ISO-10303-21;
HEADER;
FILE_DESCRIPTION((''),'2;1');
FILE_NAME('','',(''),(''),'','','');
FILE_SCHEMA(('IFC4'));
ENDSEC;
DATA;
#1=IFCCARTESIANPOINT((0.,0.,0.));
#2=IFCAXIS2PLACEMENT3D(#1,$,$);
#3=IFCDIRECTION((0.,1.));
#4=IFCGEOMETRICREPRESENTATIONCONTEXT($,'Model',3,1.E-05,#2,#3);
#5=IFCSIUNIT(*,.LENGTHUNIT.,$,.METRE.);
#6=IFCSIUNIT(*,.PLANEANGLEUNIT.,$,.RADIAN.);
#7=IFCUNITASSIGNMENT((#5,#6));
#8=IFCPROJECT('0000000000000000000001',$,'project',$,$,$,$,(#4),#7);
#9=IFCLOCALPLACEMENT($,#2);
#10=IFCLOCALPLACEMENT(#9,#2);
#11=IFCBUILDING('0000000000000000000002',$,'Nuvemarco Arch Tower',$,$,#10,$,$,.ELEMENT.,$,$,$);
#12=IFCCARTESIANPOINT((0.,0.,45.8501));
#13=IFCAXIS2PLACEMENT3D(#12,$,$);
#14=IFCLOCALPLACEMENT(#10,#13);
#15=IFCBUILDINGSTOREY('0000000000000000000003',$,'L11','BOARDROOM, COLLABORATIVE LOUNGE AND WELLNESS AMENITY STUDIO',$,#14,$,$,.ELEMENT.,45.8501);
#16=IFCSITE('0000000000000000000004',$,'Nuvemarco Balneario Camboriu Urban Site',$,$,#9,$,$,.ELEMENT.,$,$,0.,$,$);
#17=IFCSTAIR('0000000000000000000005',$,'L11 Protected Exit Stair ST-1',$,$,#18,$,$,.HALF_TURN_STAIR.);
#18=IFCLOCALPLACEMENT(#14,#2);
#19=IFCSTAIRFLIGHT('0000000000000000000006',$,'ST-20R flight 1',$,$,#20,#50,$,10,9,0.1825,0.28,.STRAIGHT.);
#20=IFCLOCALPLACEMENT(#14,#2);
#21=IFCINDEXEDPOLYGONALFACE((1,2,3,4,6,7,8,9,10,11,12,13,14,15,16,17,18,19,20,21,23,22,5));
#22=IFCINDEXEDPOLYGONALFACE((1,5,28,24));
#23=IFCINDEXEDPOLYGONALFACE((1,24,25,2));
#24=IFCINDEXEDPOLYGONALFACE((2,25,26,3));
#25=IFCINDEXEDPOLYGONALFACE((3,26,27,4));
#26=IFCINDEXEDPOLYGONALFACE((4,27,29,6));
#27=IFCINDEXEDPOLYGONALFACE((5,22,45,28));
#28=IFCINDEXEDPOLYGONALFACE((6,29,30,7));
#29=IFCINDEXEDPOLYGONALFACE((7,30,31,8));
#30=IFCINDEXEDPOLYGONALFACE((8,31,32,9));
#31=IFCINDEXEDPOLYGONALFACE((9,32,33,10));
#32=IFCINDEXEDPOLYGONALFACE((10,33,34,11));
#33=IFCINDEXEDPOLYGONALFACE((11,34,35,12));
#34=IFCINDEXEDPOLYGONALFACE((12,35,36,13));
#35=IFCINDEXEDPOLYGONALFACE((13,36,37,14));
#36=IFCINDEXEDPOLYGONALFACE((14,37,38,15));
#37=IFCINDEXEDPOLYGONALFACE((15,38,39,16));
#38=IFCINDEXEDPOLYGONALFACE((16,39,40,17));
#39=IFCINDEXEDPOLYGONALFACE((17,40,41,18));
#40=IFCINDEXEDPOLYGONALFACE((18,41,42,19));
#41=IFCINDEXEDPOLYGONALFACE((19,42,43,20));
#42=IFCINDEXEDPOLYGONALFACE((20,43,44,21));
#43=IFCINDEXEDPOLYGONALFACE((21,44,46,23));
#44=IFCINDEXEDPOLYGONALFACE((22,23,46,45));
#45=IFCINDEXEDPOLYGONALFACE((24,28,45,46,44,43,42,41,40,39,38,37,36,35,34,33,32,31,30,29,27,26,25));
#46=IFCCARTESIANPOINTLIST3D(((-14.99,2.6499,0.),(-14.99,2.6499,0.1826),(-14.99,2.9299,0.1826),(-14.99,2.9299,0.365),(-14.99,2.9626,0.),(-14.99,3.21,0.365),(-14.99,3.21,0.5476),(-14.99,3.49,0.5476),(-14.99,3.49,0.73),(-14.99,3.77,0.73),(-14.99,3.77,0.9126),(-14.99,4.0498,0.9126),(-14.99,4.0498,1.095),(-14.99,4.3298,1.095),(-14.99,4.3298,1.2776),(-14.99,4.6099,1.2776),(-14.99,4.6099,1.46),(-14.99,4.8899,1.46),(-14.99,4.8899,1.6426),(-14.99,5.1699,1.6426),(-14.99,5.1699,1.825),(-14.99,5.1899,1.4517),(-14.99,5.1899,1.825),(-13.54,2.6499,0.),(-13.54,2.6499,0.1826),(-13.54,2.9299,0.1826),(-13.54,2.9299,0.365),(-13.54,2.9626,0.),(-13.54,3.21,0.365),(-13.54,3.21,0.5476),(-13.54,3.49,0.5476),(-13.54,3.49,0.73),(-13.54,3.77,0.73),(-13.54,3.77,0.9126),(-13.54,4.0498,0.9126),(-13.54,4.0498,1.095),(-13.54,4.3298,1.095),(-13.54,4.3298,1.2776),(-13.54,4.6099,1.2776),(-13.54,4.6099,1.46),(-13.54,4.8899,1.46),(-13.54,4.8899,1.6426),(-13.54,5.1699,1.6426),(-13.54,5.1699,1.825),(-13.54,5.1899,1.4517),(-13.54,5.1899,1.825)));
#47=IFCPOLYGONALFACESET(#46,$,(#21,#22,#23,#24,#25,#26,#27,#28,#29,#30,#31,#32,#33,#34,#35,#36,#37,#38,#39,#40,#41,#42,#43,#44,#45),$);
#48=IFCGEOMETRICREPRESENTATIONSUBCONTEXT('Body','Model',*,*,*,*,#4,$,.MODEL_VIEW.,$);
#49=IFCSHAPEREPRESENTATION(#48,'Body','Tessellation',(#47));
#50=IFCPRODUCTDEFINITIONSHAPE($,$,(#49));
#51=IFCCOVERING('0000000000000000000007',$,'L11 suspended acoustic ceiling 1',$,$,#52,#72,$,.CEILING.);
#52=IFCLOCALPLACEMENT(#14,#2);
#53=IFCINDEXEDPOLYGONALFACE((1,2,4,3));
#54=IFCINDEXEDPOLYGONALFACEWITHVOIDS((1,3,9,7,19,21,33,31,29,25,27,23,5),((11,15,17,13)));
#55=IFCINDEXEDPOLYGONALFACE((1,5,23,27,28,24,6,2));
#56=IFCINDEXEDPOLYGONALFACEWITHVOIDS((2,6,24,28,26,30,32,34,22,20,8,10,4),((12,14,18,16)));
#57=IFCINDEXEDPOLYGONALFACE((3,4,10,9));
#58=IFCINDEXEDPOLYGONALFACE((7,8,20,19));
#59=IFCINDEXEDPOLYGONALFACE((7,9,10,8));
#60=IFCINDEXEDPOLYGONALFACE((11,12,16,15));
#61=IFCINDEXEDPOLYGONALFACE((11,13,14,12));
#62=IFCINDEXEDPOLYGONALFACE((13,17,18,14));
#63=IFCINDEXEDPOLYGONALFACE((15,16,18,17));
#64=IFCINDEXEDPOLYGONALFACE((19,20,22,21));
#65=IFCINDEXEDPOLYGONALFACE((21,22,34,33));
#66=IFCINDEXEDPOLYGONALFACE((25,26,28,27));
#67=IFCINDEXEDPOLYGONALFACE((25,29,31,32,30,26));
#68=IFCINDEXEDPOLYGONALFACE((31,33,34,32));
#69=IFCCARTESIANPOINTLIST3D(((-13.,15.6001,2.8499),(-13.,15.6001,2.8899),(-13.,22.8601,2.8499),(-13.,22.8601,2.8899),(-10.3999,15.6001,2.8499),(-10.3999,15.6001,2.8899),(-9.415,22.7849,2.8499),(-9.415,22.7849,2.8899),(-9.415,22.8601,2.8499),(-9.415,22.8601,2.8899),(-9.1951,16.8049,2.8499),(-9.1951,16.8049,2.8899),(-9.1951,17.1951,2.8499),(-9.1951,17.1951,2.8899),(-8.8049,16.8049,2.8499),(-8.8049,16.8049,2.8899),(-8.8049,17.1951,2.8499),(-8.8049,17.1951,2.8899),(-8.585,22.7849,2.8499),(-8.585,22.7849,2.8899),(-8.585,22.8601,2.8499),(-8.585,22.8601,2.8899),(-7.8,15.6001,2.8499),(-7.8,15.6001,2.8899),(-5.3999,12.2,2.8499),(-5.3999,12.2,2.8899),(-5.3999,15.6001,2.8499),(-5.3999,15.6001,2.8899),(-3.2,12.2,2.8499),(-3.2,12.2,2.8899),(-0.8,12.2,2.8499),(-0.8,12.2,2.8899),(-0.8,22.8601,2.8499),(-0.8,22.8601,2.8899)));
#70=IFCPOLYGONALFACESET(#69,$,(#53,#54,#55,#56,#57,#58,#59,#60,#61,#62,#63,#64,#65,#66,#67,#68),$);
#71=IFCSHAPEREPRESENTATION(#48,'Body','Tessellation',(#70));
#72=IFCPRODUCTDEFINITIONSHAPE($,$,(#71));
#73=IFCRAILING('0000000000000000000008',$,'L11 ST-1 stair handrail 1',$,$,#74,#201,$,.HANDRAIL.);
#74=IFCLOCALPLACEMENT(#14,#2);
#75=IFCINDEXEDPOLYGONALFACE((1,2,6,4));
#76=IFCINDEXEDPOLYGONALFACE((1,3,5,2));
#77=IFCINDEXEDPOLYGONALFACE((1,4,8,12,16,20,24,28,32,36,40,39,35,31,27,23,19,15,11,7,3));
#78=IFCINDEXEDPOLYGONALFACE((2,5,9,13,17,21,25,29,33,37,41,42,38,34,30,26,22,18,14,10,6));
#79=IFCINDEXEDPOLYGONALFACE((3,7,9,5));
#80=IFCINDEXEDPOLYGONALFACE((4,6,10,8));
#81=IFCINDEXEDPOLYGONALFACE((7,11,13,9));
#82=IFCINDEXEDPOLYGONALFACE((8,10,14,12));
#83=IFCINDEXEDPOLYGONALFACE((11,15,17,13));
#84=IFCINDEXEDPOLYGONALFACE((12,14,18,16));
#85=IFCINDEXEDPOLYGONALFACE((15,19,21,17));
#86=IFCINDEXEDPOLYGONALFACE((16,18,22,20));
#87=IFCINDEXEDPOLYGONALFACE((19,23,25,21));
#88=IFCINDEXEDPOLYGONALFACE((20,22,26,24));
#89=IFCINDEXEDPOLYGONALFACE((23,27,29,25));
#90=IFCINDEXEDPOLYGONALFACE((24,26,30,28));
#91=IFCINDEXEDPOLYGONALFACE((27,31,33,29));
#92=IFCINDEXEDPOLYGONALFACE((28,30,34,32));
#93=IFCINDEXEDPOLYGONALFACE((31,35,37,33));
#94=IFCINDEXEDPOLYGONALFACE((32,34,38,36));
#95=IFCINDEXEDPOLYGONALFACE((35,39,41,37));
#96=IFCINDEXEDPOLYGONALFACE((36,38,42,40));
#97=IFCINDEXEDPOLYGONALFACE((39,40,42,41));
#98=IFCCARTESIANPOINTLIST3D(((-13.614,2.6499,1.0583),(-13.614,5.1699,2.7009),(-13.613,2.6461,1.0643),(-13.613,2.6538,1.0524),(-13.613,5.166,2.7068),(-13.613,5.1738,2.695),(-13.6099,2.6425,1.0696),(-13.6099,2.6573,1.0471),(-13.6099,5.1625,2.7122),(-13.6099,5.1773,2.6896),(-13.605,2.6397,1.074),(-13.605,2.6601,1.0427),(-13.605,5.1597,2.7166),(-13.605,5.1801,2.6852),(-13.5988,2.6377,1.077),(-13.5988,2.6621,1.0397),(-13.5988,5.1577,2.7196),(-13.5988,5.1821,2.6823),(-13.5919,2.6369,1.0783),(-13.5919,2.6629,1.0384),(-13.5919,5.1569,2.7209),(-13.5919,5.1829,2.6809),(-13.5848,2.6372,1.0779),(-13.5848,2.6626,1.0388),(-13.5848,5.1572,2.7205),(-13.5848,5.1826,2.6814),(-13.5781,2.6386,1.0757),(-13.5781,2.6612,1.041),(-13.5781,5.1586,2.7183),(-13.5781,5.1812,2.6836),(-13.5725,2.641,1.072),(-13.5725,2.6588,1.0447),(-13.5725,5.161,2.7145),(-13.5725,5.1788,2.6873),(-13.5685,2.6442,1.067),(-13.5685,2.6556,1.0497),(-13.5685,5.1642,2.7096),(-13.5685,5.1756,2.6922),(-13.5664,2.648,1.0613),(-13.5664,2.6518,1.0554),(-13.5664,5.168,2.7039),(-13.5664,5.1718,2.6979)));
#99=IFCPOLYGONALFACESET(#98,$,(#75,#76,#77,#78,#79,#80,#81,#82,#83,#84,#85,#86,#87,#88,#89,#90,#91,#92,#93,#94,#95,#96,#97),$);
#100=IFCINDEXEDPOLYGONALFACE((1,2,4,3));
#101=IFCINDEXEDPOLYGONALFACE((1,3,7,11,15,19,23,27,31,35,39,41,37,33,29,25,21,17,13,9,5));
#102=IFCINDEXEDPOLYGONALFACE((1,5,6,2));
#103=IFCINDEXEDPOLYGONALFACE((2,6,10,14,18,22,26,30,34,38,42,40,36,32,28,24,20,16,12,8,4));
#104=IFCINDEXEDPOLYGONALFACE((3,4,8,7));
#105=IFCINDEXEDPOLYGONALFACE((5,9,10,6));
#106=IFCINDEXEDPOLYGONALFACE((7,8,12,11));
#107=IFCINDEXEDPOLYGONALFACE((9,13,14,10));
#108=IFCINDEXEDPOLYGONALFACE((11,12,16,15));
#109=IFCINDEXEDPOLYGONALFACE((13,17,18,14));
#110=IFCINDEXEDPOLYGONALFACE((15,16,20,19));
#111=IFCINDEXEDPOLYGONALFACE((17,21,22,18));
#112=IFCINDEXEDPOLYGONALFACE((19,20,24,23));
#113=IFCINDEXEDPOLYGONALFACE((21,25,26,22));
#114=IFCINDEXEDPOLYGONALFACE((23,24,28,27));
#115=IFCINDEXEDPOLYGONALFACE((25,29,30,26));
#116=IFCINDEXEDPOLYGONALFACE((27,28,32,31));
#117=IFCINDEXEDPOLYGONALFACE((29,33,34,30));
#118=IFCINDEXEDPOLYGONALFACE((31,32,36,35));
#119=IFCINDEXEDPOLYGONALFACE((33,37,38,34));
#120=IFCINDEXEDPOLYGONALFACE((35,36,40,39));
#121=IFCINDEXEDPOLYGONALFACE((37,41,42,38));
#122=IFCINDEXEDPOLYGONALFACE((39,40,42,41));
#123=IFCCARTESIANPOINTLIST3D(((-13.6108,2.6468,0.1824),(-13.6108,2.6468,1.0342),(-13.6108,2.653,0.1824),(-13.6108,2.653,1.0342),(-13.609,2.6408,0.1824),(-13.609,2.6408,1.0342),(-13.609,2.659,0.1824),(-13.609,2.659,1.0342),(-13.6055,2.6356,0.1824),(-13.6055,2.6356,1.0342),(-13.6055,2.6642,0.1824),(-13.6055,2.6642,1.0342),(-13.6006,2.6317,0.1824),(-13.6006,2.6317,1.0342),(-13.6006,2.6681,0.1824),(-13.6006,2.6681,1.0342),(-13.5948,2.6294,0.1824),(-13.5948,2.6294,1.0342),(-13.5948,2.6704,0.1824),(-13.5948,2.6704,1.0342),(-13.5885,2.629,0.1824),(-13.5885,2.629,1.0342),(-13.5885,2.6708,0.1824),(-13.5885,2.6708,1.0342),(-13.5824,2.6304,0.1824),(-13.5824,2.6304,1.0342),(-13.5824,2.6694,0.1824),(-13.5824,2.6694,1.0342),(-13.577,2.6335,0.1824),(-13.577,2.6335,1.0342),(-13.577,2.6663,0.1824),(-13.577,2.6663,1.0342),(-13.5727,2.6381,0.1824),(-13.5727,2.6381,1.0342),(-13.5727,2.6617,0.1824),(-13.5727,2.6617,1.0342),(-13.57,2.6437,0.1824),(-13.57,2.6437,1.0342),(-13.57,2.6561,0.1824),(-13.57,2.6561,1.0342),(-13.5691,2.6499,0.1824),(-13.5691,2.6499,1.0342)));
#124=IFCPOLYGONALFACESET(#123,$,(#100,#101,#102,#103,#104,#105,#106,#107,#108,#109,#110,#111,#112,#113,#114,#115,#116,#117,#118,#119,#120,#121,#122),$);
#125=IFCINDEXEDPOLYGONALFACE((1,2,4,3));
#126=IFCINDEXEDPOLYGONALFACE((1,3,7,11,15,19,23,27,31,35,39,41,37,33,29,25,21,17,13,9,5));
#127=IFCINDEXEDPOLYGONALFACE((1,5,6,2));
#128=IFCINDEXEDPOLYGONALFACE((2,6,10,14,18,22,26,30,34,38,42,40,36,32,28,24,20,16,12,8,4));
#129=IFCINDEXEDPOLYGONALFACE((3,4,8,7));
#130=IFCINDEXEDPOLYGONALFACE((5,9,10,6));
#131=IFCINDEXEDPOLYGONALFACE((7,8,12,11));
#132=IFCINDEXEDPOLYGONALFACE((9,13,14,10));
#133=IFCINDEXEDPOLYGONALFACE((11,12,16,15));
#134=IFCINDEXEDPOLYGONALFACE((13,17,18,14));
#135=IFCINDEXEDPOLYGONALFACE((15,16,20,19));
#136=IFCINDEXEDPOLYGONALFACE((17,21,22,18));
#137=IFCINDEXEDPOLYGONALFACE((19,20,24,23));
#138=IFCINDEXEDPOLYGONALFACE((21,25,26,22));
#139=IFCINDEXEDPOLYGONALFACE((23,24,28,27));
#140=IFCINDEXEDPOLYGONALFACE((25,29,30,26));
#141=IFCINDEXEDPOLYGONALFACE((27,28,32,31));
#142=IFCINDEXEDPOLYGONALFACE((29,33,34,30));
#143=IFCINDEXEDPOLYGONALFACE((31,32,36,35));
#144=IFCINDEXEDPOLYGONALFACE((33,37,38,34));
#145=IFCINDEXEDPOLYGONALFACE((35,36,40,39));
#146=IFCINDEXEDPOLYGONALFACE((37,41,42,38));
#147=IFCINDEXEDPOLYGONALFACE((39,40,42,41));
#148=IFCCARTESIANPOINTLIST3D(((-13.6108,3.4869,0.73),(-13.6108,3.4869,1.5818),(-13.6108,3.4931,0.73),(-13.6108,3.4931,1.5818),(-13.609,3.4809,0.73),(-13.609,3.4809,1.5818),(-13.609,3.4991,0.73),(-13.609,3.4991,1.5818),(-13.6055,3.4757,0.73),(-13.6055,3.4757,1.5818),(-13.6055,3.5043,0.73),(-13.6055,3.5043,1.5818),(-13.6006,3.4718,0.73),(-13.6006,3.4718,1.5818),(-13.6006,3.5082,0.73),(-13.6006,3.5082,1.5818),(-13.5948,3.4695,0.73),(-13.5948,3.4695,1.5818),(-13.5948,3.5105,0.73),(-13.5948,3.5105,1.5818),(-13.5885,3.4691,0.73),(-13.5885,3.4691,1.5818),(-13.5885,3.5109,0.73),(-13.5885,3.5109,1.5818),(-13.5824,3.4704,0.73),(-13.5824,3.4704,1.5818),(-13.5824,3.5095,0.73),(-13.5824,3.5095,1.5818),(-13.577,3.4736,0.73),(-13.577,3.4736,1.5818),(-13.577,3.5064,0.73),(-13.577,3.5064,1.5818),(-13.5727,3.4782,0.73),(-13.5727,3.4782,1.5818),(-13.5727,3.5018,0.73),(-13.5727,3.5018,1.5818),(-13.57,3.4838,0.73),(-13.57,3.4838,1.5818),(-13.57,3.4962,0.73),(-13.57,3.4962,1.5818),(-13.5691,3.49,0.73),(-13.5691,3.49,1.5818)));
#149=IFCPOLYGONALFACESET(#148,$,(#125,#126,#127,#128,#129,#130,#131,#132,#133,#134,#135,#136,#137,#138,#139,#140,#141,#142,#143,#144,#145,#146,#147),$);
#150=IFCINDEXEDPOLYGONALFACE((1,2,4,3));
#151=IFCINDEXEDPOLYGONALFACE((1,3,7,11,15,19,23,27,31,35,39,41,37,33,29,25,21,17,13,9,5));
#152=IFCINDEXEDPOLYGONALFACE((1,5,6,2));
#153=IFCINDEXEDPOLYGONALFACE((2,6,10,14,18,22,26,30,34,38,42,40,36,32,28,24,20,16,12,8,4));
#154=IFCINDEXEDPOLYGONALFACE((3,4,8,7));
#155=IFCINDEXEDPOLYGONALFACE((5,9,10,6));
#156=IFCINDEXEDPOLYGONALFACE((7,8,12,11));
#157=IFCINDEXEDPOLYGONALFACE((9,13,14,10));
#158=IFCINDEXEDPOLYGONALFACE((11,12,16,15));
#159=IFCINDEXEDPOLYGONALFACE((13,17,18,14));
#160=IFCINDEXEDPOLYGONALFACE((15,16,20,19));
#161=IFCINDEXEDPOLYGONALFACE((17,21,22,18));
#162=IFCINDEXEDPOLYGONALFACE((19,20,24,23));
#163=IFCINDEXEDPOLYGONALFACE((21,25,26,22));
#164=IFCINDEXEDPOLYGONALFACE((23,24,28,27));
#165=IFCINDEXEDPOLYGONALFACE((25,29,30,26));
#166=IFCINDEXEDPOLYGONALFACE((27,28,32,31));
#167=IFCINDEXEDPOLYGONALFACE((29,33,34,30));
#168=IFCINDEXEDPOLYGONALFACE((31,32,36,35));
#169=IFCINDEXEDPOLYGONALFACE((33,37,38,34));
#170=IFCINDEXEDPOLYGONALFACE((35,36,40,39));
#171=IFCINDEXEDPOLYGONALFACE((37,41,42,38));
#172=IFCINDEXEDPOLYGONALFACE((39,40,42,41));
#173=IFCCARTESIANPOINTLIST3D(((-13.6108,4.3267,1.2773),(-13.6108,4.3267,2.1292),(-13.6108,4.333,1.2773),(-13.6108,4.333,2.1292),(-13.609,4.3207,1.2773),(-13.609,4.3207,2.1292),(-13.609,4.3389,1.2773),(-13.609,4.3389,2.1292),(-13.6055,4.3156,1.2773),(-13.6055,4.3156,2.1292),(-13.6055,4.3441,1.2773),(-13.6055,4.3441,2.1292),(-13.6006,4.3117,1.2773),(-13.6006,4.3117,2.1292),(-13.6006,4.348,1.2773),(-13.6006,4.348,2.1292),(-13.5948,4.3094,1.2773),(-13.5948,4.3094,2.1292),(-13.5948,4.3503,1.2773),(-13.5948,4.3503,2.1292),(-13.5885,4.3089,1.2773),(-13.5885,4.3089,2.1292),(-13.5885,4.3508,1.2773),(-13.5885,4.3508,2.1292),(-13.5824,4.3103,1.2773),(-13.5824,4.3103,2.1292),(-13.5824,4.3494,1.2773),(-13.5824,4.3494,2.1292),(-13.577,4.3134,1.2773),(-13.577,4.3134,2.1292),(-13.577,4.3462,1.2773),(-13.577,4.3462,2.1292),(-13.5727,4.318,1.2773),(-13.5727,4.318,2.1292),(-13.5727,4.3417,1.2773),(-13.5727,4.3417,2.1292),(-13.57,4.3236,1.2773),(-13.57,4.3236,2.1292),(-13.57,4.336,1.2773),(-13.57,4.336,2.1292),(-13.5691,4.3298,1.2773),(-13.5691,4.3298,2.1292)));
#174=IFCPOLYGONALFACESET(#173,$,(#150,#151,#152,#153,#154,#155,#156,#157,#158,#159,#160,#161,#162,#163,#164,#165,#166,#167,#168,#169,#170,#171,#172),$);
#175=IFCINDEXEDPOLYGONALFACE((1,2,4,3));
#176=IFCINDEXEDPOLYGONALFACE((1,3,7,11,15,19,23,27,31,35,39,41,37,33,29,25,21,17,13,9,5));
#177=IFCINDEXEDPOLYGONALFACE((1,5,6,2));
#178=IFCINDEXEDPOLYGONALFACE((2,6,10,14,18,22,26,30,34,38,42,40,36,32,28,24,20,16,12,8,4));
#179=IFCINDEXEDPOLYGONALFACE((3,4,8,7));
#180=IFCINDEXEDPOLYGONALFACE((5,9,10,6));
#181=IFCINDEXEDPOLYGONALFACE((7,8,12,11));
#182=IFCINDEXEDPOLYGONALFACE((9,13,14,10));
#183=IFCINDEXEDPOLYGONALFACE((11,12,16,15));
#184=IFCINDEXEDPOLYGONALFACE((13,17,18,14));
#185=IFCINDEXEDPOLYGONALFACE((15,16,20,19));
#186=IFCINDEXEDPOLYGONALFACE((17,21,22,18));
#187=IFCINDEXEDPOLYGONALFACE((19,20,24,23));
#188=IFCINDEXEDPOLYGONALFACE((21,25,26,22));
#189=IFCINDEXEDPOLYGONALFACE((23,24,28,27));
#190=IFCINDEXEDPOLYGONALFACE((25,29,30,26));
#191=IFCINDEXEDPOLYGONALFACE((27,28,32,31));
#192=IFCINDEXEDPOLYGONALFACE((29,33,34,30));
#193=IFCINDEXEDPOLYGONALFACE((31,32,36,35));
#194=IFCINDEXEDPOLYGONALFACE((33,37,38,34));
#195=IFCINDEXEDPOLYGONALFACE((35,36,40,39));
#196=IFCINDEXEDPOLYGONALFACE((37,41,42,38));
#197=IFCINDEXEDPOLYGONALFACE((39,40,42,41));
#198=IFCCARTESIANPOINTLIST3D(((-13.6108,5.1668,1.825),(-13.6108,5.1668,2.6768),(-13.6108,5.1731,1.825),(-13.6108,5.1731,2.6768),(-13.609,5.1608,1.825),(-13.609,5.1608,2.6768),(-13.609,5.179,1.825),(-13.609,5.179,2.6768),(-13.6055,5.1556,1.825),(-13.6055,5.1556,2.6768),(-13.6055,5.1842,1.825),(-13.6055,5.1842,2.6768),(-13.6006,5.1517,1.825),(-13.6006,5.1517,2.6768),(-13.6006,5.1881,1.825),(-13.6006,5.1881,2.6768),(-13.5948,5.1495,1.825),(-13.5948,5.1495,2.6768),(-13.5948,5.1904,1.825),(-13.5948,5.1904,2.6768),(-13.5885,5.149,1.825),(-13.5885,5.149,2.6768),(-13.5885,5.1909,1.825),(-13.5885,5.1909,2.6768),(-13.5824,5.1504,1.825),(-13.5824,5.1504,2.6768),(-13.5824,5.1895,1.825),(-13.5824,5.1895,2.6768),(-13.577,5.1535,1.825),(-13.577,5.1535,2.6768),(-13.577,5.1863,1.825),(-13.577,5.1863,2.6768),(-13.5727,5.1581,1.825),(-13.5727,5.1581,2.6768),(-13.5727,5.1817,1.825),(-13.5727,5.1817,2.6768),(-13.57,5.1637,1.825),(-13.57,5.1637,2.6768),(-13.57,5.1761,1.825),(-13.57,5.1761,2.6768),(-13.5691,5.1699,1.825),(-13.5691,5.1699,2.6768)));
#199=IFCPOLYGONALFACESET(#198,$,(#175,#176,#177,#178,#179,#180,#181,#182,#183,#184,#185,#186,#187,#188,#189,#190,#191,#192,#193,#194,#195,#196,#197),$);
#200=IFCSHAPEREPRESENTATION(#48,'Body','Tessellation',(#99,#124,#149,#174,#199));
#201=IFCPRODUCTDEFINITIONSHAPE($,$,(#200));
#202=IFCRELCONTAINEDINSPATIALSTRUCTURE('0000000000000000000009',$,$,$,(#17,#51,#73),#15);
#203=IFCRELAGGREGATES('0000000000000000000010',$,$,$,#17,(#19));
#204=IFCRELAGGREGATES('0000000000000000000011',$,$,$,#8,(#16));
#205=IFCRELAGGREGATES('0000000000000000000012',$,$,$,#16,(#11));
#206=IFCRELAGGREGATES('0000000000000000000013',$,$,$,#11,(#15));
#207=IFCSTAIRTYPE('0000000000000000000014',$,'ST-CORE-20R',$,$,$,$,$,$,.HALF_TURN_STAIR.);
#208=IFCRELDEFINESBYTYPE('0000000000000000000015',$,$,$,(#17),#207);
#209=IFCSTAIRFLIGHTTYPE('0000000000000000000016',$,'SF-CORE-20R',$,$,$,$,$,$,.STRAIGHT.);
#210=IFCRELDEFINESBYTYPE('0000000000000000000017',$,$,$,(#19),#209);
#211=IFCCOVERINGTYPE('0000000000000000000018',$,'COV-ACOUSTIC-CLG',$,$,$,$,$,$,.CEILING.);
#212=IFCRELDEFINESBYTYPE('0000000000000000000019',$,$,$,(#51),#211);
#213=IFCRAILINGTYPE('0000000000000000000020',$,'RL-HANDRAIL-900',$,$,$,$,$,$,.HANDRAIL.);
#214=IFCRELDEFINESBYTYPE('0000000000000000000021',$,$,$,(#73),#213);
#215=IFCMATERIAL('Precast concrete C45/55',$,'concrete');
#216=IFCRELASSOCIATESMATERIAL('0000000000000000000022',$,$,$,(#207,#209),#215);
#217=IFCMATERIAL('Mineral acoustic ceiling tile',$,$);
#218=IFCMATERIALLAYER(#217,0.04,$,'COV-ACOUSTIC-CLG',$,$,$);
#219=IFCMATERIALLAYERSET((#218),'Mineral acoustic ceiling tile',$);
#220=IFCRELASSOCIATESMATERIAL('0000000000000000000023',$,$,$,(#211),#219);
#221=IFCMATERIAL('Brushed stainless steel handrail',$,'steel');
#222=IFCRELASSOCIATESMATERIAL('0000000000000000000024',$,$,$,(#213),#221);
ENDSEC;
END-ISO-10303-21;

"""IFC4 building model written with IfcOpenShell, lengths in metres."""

from ifc_helpers import new_model, si_unit, direction, frame, origin, origin_2d, place, context, subcontext, project, spatial, polyline, circle, outline, extrude, material, layer, layer_set, type_object, element, aggregate, save


model = new_model("IFC4")

# Units and contexts
model_context = context("Model", 3, precision=1e-05, world=origin(), true_north=direction((0.0, 1.0)))
body_context = subcontext(model_context, "Body", "Model", "MODEL_VIEW")
ifc_project = project(units=[si_unit("LENGTHUNIT", "METRE"), si_unit("PLANEANGLEUNIT", "RADIAN")], contexts=[model_context])

# Site, building, storey
site_placement = place(None, origin())
site = spatial("IfcSite", under=ifc_project, at=site_placement, Name="Nuvemarco Balneario Camboriu Urban Site", CompositionType="ELEMENT", RefElevation=0.0)
building_placement = place(site_placement, origin())
building = spatial("IfcBuilding", under=site, at=building_placement, Name="Nuvemarco Arch Tower", CompositionType="ELEMENT")
storey_placement = place(building_placement, frame((0.0, 0.0, 45.8501)))
storey = spatial("IfcBuildingStorey", under=building, at=storey_placement, Name="L11", Description="BOARDROOM, COLLABORATIVE LOUNGE AND WELLNESS AMENITY STUDIO", CompositionType="ELEMENT", Elevation=45.8501)

# Shared definitions
ifc_material_1 = material(Name="Precast concrete C45/55", Category="concrete")
stair_type = type_object("IfcStairType", Name="ST-CORE-20R", PredefinedType="HALF_TURN_STAIR", material=ifc_material_1)

# Stair, stair flight
stair_1_placement = place(storey_placement, origin())
stair_1 = element("IfcStair", 1, at=stair_1_placement, inside=storey, type_object=stair_type, Name="L11 Protected Exit Stair ST-1", PredefinedType="HALF_TURN_STAIR")
stair_flight_type = type_object("IfcStairFlightType", Name="SF-CORE-20R", PredefinedType="STRAIGHT", material=ifc_material_1)
stair_flight_placement = place(storey_placement, frame((-14.2649, 2.6499, 0.0), z_axis=(0.0, 0.0, 1.0), x_axis=(0.0, 1.0, 0.0)))
stair_flight = element("IfcStairFlight", 2, at=stair_flight_placement, type_object=stair_flight_type, Name="ST-20R flight 1", NumberOfRisers=10, NumberOfTreads=9, PredefinedType="STRAIGHT", RiserHeight=0.1825, TreadLength=0.28, context=body_context, shape_type="SweptSolid", body=[
    extrude(outline(polyline([(0.0, 0.0), (0.0, 0.1826), (0.28, 0.1826), (0.28, 0.365), (0.5601, 0.365), (0.5601, 0.5476), (0.8401, 0.5476), (0.8401, 0.73), (1.1201, 0.73), (1.1201, 0.9126), (1.3999, 0.9126), (1.3999, 1.095), (1.6799, 1.095), (1.6799, 1.2776), (1.96, 1.2776), (1.96, 1.46), (2.24, 1.46), (2.24, 1.6426), (2.52, 1.6426), (2.52, 1.825), (2.54, 1.825), (2.54, 1.4517), (0.3127, 0.0), (0.0, 0.0)])), frame((0.0, 0.7251, 0.0), z_axis=(0.0, -1.0, 0.0), x_axis=(1.0, 0.0, 0.0)), (0.0, 0.0, 1.0), 1.45),
])
aggregate(stair_1, [stair_flight])

# Covering
ifc_material_2 = material(Name="Mineral acoustic ceiling tile")
ifc_layer_1 = layer(ifc_material_2, 0.04, Name="COV-ACOUSTIC-CLG")
ifc_layer_set_1 = layer_set([ifc_layer_1], Name="Mineral acoustic ceiling tile")
covering_type = type_object("IfcCoveringType", Name="COV-ACOUSTIC-CLG", PredefinedType="CEILING", material=ifc_layer_set_1)
covering_placement = place(storey_placement, frame((0.0, 0.0, 2.8499)))
element("IfcCovering", 3, at=covering_placement, inside=storey, type_object=covering_type, Name="L11 suspended acoustic ceiling 1", PredefinedType="CEILING", context=body_context, shape_type="SweptSolid", body=[
    extrude(outline(polyline([(-10.3999, 15.6001), (-13.0, 15.6001), (-13.0, 22.8601), (-9.415, 22.8601), (-9.415, 22.7849), (-8.585, 22.7849), (-8.585, 22.8601), (-0.8, 22.8601), (-0.8, 12.2), (-3.2, 12.2), (-5.3999, 12.2), (-5.3999, 15.6001), (-7.8, 15.6001), (-10.3999, 15.6001)]), holes=[polyline([(-8.8049, 16.8049), (-8.8049, 17.1951), (-9.1951, 17.1951), (-9.1951, 16.8049), (-8.8049, 16.8049)])]), origin(), (0.0, 0.0, 1.0), 0.04),
])

# Railing
ifc_material_3 = material(Name="Brushed stainless steel handrail", Category="steel")
railing_type = type_object("IfcRailingType", Name="RL-HANDRAIL-900", PredefinedType="HANDRAIL", material=ifc_material_3)
railing_placement = place(storey_placement, frame((-13.5901, 2.6499, 0.1824)))
element("IfcRailing", 4, at=railing_placement, inside=storey, type_object=railing_type, Name="L11 ST-1 stair handrail 1", PredefinedType="HANDRAIL", context=body_context, shape_type="SweptSolid", body=[
    extrude(circle(Radius=0.0239, at=origin_2d()), frame((0.0, 0.0, 0.876), z_axis=(0.0, 0.837749, 0.546055), x_axis=(-1.0, 0.0, 0.0)), (0.0, 0.0, 1.0), 3.0081),
    extrude(circle(Radius=0.021, at=origin_2d()), origin(), (0.0, 0.0, 1.0), 0.8518),
    extrude(circle(Radius=0.021, at=origin_2d()), frame((0.0, 0.8401, 0.5476)), (0.0, 0.0, 1.0), 0.8518),
    extrude(circle(Radius=0.021, at=origin_2d()), frame((0.0, 1.6799, 1.095)), (0.0, 0.0, 1.0), 0.8518),
    extrude(circle(Radius=0.021, at=origin_2d()), frame((0.0, 2.52, 1.6426)), (0.0, 0.0, 1.0), 0.8518),
])

save(model, "model.ifc")
